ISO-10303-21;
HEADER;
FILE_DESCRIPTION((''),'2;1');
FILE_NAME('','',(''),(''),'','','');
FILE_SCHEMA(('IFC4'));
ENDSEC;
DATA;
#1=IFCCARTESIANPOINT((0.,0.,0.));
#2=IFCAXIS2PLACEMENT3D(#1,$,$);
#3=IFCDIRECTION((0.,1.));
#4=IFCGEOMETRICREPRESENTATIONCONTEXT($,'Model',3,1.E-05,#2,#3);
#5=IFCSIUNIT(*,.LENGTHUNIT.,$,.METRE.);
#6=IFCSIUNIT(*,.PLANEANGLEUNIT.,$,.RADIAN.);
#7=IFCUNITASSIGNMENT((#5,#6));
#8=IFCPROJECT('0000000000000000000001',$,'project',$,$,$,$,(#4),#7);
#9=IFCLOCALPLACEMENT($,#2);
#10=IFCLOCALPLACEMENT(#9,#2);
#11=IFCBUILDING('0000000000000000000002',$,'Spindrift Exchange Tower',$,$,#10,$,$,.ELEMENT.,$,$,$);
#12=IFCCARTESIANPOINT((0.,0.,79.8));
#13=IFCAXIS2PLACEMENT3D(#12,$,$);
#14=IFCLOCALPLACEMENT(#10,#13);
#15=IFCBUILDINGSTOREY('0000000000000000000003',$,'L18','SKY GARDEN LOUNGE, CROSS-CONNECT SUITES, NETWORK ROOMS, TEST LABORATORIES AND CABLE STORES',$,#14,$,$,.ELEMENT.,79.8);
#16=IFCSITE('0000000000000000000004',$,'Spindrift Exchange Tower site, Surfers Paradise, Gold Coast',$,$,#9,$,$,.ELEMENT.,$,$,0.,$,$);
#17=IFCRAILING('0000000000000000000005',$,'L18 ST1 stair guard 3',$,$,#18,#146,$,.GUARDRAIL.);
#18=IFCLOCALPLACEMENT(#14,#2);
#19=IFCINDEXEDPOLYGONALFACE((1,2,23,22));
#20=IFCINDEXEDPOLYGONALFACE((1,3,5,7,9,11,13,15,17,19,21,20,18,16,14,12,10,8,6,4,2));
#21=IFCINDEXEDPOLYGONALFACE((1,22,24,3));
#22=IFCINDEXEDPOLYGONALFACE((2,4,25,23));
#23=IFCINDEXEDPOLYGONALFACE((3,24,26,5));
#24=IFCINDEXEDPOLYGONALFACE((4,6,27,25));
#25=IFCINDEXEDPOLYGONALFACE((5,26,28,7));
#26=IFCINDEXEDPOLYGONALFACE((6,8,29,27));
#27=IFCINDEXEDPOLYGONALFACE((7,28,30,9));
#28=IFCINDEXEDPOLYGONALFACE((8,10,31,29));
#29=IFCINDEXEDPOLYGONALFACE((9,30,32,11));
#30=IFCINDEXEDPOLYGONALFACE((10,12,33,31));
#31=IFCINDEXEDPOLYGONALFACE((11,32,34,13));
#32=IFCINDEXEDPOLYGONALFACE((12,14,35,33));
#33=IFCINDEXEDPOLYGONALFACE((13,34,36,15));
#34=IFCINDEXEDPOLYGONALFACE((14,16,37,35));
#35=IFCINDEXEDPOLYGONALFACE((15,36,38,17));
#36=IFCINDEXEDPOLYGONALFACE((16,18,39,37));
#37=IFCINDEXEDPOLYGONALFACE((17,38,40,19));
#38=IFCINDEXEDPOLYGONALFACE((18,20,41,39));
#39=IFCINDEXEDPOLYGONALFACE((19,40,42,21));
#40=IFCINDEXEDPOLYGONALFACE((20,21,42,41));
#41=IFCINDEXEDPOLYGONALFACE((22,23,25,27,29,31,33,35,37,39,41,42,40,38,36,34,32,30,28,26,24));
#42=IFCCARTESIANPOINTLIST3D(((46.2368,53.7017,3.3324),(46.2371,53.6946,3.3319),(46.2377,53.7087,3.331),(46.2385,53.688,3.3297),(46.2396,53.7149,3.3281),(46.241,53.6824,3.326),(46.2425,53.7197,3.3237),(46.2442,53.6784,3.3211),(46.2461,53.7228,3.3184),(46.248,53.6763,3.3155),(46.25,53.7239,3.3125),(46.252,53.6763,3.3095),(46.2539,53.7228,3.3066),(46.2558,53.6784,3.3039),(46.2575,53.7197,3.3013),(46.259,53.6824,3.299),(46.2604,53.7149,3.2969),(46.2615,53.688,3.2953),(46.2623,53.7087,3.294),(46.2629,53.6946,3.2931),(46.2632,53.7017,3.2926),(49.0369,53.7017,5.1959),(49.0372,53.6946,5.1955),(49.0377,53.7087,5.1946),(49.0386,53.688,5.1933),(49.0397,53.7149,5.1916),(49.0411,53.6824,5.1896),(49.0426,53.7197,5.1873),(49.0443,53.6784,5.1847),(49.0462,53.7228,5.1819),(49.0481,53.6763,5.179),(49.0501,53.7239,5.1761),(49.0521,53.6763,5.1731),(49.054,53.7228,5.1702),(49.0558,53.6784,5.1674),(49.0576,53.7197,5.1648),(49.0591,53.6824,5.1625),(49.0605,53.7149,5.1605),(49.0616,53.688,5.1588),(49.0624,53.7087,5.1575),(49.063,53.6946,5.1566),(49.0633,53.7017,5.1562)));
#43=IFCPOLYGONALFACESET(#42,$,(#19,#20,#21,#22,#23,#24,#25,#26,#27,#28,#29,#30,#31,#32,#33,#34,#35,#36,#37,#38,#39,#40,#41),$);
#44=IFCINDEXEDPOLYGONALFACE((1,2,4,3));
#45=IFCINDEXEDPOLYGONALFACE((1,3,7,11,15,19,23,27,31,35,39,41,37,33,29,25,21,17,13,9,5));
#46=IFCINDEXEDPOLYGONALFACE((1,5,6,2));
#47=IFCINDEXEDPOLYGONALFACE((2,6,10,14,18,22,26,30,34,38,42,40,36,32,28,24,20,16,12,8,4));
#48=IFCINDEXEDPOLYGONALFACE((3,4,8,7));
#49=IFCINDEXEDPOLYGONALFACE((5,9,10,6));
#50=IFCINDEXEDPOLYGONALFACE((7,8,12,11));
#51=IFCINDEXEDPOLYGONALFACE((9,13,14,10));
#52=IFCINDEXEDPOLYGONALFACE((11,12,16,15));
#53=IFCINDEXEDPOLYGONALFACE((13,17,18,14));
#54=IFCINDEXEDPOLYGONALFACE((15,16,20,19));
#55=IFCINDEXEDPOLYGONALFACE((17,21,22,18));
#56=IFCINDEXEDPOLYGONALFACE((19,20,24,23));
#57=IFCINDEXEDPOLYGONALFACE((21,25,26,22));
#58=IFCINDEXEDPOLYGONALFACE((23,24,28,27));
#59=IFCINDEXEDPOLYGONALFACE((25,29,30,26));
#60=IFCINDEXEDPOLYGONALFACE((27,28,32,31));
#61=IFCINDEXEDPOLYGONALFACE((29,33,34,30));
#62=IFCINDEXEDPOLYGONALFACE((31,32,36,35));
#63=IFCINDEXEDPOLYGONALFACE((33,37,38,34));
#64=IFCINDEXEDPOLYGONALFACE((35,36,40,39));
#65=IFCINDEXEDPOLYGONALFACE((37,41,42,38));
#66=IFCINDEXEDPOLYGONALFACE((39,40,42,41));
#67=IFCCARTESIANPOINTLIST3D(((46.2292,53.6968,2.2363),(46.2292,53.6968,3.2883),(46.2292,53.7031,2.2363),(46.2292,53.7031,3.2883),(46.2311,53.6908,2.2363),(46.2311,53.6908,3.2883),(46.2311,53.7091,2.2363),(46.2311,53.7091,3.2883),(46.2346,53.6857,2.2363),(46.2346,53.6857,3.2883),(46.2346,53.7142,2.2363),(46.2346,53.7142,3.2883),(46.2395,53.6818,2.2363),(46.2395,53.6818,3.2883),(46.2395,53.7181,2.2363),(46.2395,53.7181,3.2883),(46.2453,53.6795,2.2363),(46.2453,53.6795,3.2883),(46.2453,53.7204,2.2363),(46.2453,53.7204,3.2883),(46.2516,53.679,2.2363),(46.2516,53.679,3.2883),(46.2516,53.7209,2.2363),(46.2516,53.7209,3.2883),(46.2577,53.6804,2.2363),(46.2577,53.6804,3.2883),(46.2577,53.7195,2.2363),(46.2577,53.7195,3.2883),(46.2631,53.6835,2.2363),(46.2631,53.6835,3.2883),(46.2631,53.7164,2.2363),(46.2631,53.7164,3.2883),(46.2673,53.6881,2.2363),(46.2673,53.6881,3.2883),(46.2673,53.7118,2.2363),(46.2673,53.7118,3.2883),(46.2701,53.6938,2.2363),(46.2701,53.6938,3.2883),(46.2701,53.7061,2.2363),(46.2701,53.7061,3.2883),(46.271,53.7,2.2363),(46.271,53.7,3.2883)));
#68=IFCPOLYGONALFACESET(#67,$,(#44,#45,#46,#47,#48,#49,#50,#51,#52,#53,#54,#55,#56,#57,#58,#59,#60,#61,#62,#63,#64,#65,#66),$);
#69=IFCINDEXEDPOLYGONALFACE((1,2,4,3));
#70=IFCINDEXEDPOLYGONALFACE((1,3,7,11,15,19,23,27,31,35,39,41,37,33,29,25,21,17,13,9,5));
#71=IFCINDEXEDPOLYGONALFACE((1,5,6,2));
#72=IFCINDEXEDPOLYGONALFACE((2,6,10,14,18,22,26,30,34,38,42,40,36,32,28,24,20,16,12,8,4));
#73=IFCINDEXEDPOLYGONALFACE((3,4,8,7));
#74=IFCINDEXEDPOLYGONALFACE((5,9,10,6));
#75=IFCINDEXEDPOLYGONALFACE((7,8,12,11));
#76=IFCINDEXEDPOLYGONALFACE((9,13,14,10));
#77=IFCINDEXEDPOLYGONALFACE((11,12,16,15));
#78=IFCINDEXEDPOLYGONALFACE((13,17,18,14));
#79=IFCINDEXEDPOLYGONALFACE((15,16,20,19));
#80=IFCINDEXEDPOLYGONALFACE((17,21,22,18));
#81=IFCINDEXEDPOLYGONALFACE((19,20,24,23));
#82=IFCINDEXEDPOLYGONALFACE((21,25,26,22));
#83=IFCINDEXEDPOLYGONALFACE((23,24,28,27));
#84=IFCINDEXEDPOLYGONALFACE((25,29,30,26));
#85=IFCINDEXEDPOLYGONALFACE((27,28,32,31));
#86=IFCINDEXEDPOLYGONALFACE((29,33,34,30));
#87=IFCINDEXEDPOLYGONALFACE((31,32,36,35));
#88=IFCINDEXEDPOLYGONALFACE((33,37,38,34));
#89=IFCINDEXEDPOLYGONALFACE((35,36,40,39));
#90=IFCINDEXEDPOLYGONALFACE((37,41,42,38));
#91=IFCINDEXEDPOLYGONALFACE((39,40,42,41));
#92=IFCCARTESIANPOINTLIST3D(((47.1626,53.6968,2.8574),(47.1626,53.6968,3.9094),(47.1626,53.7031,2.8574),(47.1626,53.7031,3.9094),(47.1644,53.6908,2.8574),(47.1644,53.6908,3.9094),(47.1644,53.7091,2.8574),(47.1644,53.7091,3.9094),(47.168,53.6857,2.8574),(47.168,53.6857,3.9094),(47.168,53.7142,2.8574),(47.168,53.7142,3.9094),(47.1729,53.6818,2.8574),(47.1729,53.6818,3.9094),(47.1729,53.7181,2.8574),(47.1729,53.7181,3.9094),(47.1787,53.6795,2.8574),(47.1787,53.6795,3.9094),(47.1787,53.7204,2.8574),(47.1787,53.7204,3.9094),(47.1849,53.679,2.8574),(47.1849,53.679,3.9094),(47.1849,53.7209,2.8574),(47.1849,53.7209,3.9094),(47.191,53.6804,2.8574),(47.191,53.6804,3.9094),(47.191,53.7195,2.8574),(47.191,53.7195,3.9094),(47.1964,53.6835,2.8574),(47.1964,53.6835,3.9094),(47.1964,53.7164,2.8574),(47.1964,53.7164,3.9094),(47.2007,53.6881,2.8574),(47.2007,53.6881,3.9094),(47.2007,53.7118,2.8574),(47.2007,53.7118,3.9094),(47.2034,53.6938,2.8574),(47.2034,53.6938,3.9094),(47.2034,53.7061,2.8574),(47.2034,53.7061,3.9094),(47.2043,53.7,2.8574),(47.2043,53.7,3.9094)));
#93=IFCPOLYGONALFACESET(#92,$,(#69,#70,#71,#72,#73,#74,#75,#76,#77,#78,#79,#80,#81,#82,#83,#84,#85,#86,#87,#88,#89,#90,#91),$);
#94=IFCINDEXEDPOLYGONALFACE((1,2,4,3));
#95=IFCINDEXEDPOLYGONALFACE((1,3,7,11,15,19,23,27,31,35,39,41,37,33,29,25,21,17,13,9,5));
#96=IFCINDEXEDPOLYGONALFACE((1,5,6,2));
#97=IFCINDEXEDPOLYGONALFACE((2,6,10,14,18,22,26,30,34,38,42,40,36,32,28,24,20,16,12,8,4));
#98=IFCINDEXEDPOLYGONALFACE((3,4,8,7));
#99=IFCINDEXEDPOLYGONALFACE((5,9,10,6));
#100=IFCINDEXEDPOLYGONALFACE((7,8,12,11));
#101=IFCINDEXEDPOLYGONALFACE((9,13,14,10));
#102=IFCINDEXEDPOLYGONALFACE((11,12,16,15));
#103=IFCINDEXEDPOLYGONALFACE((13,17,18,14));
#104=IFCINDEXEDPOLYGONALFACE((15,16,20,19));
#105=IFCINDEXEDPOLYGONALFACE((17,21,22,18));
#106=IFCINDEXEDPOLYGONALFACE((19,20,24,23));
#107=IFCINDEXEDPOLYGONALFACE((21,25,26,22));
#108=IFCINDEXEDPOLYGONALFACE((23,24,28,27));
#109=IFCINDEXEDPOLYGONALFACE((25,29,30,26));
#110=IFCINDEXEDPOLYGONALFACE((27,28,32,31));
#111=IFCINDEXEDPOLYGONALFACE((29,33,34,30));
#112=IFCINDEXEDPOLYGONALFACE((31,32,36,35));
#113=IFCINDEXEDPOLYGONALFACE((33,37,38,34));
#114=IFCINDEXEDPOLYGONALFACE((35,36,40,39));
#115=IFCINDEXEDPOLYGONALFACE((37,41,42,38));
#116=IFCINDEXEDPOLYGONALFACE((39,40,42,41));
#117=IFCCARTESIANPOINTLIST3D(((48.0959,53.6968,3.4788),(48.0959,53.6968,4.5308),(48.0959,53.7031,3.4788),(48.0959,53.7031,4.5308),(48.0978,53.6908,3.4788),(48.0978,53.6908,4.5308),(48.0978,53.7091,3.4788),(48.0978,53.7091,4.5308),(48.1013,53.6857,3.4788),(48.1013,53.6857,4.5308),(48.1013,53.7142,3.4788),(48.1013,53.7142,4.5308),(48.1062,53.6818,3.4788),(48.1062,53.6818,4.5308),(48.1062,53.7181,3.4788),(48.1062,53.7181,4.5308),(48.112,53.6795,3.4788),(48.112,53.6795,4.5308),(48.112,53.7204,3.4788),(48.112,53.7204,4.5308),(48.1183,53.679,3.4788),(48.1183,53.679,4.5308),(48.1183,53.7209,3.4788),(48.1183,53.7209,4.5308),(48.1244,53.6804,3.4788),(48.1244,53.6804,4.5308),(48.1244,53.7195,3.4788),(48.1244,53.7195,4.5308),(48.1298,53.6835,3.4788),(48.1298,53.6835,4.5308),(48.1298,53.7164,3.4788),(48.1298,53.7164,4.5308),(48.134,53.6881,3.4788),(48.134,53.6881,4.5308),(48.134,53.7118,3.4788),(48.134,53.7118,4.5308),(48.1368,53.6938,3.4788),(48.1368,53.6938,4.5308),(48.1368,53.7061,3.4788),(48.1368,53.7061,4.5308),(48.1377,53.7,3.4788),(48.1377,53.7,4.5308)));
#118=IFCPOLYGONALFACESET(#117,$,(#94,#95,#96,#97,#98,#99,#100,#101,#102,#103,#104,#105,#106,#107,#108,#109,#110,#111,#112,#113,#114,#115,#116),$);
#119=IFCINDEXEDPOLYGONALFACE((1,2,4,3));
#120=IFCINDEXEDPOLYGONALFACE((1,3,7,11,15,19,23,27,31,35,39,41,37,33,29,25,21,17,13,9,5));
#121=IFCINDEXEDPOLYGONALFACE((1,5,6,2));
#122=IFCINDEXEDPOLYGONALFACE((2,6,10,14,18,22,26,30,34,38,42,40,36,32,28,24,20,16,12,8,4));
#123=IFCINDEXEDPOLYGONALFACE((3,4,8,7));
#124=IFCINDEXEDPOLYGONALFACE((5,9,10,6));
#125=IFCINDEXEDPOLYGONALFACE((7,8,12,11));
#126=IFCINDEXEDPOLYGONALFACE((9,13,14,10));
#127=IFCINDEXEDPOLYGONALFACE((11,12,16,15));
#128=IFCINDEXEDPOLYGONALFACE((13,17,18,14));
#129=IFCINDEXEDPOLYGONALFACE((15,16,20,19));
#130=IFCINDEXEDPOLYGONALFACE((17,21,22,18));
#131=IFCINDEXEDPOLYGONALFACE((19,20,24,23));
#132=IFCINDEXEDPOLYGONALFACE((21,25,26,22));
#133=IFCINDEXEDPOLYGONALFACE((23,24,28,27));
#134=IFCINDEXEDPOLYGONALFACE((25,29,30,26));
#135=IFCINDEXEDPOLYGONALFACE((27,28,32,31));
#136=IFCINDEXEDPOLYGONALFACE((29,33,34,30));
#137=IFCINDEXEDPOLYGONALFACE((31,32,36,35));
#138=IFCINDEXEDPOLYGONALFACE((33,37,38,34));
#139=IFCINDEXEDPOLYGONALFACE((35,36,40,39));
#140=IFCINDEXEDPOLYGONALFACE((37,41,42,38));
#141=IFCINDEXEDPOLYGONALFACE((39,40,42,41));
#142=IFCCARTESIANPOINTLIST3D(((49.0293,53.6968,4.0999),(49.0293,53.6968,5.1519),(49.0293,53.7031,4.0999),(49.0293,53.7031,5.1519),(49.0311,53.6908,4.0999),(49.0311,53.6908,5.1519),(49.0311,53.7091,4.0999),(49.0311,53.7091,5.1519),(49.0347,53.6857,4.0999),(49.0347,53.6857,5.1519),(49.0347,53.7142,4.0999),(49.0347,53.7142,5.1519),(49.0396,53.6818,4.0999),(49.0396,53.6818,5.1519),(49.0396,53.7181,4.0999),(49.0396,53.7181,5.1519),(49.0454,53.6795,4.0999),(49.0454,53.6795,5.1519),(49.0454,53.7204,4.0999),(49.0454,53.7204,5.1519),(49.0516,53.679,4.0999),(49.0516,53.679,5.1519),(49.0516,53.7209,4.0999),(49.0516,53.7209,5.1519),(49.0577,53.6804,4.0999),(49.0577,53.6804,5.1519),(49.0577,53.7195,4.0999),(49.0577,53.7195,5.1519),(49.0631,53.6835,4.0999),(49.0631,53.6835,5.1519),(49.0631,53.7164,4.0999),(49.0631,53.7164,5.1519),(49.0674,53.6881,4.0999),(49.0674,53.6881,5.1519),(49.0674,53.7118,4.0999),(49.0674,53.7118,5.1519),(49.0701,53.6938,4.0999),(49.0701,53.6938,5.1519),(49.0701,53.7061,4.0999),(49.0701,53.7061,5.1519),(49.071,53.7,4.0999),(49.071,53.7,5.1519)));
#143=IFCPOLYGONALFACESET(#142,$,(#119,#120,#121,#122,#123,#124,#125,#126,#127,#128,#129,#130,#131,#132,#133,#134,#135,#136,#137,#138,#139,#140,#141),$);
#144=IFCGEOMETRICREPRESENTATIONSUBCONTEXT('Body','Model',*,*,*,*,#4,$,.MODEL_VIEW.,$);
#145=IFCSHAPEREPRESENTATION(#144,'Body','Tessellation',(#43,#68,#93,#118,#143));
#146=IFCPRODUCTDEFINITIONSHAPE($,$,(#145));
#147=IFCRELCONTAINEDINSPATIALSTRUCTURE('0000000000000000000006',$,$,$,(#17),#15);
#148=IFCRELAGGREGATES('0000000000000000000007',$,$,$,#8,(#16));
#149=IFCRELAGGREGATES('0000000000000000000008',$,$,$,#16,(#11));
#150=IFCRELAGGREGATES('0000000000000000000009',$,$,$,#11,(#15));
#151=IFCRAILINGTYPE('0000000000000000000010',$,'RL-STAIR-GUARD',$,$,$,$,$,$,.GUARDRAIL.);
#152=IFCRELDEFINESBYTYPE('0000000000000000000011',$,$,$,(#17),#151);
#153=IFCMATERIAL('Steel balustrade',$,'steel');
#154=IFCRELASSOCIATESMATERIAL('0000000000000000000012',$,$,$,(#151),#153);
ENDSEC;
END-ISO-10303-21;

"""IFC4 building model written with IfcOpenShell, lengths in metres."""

from ifc_helpers import new_model, si_unit, direction, frame, origin, origin_2d, place, context, subcontext, project, spatial, circle, extrude, material, type_object, element, save


model = new_model("IFC4")

# Units and contexts
model_context = context("Model", 3, precision=1e-05, world=origin(), true_north=direction((0.0, 1.0)))
body_context = subcontext(model_context, "Body", "Model", "MODEL_VIEW")
ifc_project = project(units=[si_unit("LENGTHUNIT", "METRE"), si_unit("PLANEANGLEUNIT", "RADIAN")], contexts=[model_context])

# Site, building, storey
site_placement = place(None, origin())
site = spatial("IfcSite", under=ifc_project, at=site_placement, Name="Spindrift Exchange Tower site, Surfers Paradise, Gold Coast", CompositionType="ELEMENT", RefElevation=0.0)
building_placement = place(site_placement, origin())
building = spatial("IfcBuilding", under=site, at=building_placement, Name="Spindrift Exchange Tower", CompositionType="ELEMENT")
storey_placement = place(building_placement, frame((0.0, 0.0, 79.8)))
storey = spatial("IfcBuildingStorey", under=building, at=storey_placement, Name="L18", Description="SKY GARDEN LOUNGE, CROSS-CONNECT SUITES, NETWORK ROOMS, TEST LABORATORIES AND CABLE STORES", CompositionType="ELEMENT", Elevation=79.8)

# Railing
ifc_material_1 = material(Name="Steel balustrade", Category="steel")
railing_type_1 = type_object("IfcRailingType", Name="RL-STAIR-GUARD", PredefinedType="GUARDRAIL", material=ifc_material_1)
railing_1_placement = place(storey_placement, frame((46.25, 53.7, 2.2363)))
element("IfcRailing", 1, at=railing_1_placement, inside=storey, type_object=railing_type_1, Name="L18 ST1 stair guard 3", PredefinedType="GUARDRAIL", context=body_context, shape_type="SweptSolid", body=[
    extrude(circle(Radius=0.0239, at=origin_2d()), frame((0.0, 0.0, 1.0762), z_axis=(0.832486, 0.0, 0.554047), x_axis=(0.0, 1.0, 0.0)), (0.0, 0.0, 1.0), 3.3635),
    extrude(circle(Radius=0.021, at=origin_2d()), origin(), (0.0, 0.0, 1.0), 1.052),
    extrude(circle(Radius=0.021, at=origin_2d()), frame((0.9333, 0.0, 0.6211)), (0.0, 0.0, 1.0), 1.052),
    extrude(circle(Radius=0.021, at=origin_2d()), frame((1.8667, 0.0, 1.2424)), (0.0, 0.0, 1.0), 1.052),
    extrude(circle(Radius=0.021, at=origin_2d()), frame((2.8, 0.0, 1.8635)), (0.0, 0.0, 1.0), 1.052),
])

save(model, "model.ifc")
